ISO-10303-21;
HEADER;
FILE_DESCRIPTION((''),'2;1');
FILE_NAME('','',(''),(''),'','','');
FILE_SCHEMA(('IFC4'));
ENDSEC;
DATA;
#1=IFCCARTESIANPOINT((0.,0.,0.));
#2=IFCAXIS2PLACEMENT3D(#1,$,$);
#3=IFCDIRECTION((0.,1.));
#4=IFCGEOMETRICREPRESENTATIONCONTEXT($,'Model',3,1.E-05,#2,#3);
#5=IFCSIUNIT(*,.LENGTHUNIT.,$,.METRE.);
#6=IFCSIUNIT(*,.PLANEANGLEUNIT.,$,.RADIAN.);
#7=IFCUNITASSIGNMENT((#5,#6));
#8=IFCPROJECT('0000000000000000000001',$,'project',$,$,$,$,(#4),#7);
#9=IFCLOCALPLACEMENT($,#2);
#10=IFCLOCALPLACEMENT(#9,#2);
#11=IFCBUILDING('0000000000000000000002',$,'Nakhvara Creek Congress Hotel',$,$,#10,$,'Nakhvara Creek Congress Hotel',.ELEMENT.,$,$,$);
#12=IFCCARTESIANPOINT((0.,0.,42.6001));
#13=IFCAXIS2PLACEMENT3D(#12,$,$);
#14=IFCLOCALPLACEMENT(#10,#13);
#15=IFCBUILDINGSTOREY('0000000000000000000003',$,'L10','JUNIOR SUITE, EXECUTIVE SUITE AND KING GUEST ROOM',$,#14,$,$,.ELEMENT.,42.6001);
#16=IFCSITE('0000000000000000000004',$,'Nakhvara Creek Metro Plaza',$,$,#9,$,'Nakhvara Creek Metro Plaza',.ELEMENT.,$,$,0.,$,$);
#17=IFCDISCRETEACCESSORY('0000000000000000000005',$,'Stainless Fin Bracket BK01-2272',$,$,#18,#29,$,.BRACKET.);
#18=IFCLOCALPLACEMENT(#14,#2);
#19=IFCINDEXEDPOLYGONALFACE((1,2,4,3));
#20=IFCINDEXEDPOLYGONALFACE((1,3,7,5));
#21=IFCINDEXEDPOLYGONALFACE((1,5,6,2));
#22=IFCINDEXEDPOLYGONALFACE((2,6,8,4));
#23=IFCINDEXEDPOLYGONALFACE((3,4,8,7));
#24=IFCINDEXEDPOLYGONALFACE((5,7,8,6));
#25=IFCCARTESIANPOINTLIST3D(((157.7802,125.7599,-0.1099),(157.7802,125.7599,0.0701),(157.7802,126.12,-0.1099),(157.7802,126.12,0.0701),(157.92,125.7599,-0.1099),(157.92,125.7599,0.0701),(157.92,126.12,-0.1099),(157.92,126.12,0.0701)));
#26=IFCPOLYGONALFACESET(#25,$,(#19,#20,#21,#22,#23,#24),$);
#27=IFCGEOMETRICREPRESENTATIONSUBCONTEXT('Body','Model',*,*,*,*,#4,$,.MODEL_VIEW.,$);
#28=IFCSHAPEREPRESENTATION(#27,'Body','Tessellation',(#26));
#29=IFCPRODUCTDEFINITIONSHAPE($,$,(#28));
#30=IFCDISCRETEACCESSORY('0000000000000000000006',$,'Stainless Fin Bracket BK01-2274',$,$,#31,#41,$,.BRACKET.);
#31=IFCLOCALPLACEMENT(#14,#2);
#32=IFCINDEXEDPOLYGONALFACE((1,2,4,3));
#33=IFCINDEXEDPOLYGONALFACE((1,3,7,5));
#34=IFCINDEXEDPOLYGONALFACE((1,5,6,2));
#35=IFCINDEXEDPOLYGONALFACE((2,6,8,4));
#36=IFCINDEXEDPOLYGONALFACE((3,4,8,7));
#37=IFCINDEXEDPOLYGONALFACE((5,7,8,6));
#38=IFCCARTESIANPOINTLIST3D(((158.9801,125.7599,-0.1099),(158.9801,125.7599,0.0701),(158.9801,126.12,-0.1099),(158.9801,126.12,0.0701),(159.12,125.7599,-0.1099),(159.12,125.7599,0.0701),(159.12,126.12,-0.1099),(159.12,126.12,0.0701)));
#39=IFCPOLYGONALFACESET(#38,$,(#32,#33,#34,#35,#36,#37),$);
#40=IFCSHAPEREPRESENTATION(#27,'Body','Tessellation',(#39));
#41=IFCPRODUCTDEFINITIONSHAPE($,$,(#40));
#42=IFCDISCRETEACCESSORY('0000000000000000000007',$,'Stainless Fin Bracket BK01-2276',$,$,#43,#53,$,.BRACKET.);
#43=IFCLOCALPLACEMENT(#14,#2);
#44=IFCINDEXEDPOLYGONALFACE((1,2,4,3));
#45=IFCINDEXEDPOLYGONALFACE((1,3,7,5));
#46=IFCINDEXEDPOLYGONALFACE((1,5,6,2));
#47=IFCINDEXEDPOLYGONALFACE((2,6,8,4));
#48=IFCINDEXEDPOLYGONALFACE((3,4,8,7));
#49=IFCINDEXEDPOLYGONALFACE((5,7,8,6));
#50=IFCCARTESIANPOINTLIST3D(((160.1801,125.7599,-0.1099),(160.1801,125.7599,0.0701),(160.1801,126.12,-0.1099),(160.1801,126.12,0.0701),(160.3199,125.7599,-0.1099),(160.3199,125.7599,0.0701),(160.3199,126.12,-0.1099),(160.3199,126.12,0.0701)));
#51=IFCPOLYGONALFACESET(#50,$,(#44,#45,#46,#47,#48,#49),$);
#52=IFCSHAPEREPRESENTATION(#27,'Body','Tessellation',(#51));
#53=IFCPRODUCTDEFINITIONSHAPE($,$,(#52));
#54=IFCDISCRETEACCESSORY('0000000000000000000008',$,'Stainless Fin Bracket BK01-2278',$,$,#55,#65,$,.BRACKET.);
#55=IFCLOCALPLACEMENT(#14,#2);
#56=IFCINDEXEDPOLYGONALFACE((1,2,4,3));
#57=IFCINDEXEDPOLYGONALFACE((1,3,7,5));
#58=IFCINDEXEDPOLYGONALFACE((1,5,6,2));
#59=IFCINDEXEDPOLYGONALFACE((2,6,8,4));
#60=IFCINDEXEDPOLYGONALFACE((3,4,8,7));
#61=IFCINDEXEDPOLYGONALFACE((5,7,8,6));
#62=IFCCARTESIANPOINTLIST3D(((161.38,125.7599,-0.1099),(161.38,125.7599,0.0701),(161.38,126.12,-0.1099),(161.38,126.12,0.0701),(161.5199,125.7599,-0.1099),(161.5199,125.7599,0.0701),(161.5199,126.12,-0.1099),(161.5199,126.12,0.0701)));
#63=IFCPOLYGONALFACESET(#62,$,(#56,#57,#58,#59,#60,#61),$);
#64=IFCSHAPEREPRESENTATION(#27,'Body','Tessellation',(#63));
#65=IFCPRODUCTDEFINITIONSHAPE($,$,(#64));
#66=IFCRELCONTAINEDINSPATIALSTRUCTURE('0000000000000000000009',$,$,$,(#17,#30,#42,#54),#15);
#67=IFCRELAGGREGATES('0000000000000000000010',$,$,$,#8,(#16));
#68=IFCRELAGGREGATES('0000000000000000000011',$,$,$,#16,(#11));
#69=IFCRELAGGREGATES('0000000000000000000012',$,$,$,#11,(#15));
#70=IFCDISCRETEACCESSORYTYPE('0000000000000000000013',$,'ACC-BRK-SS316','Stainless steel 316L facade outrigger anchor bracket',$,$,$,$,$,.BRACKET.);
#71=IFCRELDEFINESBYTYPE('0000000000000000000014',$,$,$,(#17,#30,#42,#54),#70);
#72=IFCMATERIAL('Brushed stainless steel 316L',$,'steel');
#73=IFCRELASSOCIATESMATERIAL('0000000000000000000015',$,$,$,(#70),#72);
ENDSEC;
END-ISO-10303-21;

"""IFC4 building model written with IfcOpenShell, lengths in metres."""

from ifc_helpers import new_model, si_unit, direction, frame, origin, origin_2d, place, context, subcontext, project, spatial, rectangle, extrude, material, type_object, element, save


model = new_model("IFC4")

# Units and contexts
model_context = context("Model", 3, precision=1e-05, world=origin(), true_north=direction((0.0, 1.0)))
body_context = subcontext(model_context, "Body", "Model", "MODEL_VIEW")
ifc_project = project(units=[si_unit("LENGTHUNIT", "METRE"), si_unit("PLANEANGLEUNIT", "RADIAN")], contexts=[model_context])

# Site, building, storey
site_placement = place(None, origin())
site = spatial("IfcSite", under=ifc_project, at=site_placement, Name="Nakhvara Creek Metro Plaza", LongName="Nakhvara Creek Metro Plaza", CompositionType="ELEMENT", RefElevation=0.0)
building_placement = place(site_placement, origin())
building = spatial("IfcBuilding", under=site, at=building_placement, Name="Nakhvara Creek Congress Hotel", LongName="Nakhvara Creek Congress Hotel", CompositionType="ELEMENT")
storey_placement = place(building_placement, frame((0.0, 0.0, 42.6001)))
storey = spatial("IfcBuildingStorey", under=building, at=storey_placement, Name="L10", Description="JUNIOR SUITE, EXECUTIVE SUITE AND KING GUEST ROOM", CompositionType="ELEMENT", Elevation=42.6001)

# Discrete accessories
ifc_material_1 = material(Name="Brushed stainless steel 316L", Category="steel")
discrete_accessory_type = type_object("IfcDiscreteAccessoryType", Name="ACC-BRK-SS316", Description="Stainless steel 316L facade outrigger anchor bracket", PredefinedType="BRACKET", material=ifc_material_1)
for number, where, z_axis, x_axis, name in (
    (1, (157.8501, 125.9399, -0.1099), (0.0, 0.0, 1.0), (1.0, 0.0, 0.0), "Stainless Fin Bracket BK01-2272"),
    (2, (159.05, 125.9399, -0.1099), (0.0, 0.0, 1.0), (1.0, 0.0, 0.0), "Stainless Fin Bracket BK01-2274"),
    (3, (160.25, 125.9399, -0.1099), (0.0, 0.0, 1.0), (1.0, 0.0, 0.0), "Stainless Fin Bracket BK01-2276"),
    (4, (161.45, 125.9399, -0.1099), (0.0, 0.0, 1.0), (1.0, 0.0, 0.0), "Stainless Fin Bracket BK01-2278"),
):
    element("IfcDiscreteAccessory", number, at=place(storey_placement, frame(where, z_axis=z_axis, x_axis=x_axis)), inside=storey, type_object=discrete_accessory_type, Name=name, PredefinedType="BRACKET", context=body_context, shape_type="SweptSolid", body=[
        extrude(rectangle(XDim=0.1399, YDim=0.3601, at=origin_2d()), origin(), (0.0, 0.0, 1.0), 0.1799),
    ])

save(model, "model.ifc")
